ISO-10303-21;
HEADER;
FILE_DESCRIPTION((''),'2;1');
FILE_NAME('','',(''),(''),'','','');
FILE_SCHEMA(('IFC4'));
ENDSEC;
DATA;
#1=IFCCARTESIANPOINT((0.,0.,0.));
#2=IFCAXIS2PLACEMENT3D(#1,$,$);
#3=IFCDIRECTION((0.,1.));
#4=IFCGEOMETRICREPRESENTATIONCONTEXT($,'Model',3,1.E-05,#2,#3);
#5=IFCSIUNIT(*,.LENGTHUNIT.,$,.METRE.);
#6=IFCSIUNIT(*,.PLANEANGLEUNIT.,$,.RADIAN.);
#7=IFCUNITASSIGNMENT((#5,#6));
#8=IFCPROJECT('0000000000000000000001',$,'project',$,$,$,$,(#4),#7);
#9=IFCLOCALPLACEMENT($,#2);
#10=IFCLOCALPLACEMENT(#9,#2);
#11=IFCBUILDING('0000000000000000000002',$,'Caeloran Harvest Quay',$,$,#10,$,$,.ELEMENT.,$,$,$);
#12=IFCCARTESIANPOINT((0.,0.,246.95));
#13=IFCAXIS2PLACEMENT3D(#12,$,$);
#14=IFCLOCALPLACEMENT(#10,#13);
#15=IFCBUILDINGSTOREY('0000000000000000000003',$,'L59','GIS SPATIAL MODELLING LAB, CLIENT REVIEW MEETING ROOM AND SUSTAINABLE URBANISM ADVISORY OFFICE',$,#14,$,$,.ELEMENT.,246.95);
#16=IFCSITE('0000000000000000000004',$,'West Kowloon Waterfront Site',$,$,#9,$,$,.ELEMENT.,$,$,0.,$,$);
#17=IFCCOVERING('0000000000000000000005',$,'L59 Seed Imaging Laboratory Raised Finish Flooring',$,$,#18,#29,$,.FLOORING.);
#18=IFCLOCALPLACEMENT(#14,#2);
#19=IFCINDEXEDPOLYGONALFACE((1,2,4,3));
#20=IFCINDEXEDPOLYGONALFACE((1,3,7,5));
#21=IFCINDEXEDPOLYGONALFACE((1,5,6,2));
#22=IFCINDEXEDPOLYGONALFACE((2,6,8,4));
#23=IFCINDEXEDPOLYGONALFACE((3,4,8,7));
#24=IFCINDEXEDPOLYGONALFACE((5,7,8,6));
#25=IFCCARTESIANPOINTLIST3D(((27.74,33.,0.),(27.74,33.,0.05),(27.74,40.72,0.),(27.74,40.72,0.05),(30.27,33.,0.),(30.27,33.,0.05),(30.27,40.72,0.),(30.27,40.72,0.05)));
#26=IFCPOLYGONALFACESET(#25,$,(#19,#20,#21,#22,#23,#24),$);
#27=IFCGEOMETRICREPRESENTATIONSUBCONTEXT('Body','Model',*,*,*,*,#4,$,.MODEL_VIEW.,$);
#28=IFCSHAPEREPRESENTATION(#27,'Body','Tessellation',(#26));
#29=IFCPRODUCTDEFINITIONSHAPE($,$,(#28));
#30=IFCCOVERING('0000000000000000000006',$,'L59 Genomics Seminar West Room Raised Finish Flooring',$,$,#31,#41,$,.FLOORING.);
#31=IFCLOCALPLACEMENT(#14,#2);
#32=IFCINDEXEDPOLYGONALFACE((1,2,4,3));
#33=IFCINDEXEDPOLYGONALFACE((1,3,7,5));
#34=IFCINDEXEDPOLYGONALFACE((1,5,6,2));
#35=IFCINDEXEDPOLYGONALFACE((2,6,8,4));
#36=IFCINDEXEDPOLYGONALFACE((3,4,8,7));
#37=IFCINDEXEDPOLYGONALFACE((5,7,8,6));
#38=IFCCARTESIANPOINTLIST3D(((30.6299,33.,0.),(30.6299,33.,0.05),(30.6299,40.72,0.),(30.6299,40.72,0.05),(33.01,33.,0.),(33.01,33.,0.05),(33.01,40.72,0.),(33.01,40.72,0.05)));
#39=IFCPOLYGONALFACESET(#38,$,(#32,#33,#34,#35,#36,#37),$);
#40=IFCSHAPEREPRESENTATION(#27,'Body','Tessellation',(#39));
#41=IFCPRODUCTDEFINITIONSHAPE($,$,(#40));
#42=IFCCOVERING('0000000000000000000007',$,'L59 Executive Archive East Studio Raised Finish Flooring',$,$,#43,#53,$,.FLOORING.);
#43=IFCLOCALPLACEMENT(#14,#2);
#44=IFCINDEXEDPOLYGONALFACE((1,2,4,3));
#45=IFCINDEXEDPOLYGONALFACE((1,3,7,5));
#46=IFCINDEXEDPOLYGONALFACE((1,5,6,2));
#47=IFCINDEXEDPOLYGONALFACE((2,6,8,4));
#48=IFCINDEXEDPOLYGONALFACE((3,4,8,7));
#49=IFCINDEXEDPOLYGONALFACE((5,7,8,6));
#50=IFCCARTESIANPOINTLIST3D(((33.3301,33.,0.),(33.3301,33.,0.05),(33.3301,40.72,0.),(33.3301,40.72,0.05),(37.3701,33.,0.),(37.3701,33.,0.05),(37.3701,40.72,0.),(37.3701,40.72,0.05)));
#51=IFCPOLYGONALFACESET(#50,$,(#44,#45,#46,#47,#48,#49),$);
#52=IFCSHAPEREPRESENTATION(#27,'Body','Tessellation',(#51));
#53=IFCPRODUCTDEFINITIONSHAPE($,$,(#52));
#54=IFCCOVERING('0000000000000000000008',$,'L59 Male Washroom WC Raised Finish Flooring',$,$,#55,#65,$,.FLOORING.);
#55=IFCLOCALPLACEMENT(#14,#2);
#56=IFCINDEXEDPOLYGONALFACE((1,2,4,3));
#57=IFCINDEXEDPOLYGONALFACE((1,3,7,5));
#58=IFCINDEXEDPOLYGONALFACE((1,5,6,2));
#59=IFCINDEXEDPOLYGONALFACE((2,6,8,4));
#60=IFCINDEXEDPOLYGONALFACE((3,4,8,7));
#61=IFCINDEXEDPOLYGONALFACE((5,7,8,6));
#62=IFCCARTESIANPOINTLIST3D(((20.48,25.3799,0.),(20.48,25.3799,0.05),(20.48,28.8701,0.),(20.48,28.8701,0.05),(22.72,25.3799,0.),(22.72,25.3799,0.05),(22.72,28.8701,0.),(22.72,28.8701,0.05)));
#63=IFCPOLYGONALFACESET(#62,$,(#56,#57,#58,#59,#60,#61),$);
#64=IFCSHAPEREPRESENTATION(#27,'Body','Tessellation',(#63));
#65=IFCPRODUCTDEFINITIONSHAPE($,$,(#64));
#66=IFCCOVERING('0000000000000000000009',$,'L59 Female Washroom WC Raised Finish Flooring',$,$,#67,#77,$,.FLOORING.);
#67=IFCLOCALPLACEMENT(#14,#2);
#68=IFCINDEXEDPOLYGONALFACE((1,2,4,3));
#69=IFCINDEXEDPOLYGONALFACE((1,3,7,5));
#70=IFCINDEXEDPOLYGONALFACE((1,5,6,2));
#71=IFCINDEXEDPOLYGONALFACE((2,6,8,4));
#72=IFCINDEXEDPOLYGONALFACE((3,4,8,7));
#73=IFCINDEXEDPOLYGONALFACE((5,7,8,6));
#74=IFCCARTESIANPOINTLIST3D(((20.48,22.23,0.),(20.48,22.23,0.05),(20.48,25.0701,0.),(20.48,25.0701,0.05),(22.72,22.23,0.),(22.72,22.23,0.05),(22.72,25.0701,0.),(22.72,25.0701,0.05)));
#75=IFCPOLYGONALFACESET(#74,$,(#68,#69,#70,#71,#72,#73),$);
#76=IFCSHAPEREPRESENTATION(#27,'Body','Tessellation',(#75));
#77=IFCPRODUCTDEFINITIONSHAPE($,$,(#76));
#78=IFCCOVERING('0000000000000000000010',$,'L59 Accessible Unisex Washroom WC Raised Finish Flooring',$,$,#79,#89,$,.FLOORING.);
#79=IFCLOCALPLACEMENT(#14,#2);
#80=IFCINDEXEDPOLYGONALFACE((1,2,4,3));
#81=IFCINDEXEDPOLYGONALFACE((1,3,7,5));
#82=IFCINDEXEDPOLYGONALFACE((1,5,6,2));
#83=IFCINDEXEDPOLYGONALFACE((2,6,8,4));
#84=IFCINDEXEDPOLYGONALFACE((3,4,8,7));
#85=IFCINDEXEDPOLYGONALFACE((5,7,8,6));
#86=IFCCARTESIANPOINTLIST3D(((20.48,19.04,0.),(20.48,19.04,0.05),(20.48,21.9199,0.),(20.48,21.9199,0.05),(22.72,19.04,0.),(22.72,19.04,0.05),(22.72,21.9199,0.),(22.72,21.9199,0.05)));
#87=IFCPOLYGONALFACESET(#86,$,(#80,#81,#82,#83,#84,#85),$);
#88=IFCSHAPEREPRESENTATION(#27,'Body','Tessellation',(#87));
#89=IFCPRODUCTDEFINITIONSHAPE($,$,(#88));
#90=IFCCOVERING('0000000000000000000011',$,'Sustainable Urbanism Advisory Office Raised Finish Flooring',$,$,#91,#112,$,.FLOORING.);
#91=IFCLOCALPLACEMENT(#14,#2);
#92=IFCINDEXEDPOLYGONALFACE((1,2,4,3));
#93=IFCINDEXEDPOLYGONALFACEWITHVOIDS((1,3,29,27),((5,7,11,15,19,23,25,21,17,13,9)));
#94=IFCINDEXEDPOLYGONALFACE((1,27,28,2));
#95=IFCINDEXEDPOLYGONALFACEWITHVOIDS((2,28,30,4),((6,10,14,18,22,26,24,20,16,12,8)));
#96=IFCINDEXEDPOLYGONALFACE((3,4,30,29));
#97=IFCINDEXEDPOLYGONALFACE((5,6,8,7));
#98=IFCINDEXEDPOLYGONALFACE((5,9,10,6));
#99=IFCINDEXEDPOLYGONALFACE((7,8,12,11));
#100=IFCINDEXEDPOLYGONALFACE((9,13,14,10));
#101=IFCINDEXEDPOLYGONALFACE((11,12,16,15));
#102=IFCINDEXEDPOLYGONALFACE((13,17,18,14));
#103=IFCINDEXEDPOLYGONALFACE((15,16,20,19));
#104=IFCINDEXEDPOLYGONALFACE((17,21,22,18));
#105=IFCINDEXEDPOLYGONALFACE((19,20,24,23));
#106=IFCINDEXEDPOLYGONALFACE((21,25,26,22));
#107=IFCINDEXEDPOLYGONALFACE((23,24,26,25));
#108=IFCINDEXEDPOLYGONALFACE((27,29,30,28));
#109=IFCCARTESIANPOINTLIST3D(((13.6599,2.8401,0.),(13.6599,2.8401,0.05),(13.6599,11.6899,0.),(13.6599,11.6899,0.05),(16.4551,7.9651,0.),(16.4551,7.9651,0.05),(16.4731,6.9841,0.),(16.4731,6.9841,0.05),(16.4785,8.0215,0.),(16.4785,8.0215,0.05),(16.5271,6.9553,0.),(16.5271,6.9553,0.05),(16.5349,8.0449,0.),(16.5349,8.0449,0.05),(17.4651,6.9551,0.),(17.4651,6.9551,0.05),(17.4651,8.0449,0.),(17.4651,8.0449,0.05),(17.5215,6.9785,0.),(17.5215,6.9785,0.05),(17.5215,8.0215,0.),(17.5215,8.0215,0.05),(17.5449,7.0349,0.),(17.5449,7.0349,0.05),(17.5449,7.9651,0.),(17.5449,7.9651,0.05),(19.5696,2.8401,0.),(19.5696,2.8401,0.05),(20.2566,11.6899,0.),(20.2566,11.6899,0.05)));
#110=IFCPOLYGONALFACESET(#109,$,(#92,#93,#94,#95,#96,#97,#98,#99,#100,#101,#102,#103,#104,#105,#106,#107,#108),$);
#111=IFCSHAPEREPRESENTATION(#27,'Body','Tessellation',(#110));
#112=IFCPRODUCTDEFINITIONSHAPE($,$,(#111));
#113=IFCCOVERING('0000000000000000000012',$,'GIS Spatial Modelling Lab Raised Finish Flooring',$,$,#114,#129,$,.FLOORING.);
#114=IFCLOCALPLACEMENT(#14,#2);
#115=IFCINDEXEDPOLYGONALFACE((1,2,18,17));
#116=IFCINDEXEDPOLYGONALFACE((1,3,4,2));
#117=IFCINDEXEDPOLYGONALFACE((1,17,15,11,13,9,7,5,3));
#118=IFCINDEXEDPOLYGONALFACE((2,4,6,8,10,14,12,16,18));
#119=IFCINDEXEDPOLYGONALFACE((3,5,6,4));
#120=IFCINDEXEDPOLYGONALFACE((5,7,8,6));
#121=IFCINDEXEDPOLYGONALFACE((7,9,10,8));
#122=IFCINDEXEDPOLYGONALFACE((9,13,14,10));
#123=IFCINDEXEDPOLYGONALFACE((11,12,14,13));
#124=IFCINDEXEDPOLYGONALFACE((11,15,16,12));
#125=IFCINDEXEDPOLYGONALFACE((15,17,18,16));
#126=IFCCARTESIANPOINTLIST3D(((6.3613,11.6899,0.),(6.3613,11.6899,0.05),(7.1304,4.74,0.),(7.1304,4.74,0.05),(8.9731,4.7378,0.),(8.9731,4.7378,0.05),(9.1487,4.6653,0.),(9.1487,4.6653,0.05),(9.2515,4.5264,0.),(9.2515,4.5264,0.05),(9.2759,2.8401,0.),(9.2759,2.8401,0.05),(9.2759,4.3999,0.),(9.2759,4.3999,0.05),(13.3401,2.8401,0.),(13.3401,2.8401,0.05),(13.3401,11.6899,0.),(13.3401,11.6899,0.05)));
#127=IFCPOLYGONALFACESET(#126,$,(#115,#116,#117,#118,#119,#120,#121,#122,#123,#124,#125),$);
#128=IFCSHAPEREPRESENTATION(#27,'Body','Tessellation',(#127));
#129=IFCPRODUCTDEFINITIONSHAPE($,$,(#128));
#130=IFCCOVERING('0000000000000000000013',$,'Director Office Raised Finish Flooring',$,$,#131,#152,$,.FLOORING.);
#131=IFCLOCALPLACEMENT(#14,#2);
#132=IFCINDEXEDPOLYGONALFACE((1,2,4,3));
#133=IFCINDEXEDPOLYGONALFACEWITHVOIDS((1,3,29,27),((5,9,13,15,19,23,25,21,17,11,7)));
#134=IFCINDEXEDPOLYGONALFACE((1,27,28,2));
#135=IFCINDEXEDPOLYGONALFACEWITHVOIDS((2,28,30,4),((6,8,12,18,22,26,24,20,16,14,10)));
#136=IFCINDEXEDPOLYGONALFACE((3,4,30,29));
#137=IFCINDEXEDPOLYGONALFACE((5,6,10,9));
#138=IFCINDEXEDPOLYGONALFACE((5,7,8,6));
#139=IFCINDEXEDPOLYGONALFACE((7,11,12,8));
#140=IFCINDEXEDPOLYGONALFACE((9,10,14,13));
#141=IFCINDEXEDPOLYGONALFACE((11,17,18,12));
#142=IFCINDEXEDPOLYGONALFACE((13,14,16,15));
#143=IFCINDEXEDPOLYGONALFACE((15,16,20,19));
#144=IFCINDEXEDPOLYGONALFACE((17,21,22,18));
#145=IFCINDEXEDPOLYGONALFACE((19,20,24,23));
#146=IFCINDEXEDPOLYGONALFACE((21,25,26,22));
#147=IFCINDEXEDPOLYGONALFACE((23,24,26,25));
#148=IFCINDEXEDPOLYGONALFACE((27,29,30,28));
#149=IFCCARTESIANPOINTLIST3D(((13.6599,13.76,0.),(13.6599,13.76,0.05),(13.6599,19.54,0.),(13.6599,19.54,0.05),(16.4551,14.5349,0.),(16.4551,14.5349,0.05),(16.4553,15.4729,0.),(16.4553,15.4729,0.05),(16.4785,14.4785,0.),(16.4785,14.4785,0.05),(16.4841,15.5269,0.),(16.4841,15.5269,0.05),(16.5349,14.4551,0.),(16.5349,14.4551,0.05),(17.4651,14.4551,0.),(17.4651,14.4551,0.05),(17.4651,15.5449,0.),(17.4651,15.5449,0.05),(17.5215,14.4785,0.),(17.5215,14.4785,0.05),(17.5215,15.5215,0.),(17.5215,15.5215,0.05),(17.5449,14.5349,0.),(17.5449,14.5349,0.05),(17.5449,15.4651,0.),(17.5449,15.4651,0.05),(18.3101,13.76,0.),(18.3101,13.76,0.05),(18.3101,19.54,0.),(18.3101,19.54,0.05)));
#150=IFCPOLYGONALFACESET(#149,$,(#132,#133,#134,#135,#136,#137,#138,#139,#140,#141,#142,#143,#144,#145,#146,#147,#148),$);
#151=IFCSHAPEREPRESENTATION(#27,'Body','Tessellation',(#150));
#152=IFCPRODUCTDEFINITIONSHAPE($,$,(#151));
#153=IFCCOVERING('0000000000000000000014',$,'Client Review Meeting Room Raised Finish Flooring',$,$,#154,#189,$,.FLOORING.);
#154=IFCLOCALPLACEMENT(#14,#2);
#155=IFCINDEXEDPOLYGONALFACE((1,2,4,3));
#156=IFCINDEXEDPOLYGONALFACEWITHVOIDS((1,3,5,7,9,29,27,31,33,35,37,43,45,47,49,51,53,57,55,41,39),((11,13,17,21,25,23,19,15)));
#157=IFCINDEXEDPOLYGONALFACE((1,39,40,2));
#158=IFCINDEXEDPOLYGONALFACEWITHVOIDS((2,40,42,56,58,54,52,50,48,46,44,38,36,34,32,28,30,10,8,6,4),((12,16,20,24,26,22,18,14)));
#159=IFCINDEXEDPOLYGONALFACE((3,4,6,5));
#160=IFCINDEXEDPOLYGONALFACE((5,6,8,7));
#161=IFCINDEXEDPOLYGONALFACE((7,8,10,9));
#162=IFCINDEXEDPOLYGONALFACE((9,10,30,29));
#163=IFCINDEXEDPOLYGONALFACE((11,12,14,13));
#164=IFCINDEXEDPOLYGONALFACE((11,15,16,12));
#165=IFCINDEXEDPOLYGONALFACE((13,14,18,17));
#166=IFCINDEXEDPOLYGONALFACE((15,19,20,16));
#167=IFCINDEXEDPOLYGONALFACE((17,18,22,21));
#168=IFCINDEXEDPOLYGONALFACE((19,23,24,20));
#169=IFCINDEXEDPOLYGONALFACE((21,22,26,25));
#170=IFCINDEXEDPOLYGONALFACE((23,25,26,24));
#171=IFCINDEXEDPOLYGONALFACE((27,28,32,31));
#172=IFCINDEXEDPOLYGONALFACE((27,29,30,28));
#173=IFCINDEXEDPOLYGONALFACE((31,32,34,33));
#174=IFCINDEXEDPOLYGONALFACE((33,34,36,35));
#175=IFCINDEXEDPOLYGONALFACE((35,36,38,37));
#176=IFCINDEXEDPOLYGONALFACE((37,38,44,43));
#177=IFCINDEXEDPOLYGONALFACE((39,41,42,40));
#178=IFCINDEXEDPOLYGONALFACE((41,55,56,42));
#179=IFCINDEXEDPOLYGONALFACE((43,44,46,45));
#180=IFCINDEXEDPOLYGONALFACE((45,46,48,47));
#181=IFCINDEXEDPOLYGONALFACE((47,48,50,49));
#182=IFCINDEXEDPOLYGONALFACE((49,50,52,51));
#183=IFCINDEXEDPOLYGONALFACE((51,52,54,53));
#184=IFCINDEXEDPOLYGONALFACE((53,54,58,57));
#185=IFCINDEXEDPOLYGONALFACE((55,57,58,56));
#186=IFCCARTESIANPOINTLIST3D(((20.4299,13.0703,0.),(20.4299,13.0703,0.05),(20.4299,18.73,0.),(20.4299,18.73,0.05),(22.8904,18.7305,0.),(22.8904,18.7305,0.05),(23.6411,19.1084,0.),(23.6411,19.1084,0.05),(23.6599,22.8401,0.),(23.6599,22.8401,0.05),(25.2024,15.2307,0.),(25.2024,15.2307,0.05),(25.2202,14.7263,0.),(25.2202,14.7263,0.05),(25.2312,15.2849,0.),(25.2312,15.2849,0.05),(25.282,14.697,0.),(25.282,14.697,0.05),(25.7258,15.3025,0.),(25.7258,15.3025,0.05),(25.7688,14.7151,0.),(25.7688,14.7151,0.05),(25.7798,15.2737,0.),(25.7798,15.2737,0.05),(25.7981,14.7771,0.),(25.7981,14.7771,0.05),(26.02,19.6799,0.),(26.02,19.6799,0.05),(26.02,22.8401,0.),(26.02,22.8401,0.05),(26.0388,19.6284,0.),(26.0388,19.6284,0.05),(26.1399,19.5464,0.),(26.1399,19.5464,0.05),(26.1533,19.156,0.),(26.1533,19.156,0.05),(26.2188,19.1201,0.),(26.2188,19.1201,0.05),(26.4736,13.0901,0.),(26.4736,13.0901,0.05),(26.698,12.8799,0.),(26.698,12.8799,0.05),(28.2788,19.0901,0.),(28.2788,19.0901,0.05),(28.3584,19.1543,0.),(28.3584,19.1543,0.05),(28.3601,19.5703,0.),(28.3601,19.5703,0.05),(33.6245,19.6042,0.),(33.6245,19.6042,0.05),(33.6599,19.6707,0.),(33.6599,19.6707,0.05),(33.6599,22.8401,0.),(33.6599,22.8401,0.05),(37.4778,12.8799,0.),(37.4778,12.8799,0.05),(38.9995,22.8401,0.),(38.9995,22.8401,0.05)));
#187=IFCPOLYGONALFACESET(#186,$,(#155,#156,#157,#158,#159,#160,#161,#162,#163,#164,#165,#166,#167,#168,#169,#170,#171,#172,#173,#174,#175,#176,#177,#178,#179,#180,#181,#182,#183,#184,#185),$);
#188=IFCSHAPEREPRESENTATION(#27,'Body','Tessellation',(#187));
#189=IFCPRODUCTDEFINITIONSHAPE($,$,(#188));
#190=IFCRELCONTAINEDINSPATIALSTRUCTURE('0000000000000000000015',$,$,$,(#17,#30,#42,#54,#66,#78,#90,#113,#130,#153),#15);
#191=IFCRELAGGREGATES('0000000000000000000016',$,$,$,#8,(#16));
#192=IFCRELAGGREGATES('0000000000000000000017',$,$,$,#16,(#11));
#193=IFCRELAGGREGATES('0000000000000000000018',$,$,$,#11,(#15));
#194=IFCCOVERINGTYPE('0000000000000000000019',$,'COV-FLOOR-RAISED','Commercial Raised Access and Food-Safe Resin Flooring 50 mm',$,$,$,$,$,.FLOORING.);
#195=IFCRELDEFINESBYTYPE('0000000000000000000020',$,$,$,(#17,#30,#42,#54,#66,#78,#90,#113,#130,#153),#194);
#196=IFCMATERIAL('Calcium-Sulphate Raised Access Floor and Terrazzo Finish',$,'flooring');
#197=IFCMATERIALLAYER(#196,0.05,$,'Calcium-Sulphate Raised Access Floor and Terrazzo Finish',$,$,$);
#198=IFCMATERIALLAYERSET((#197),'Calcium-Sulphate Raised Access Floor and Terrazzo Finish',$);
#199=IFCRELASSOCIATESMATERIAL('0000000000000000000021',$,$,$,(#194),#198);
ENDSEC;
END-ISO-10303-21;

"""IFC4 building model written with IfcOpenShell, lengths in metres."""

from ifc_helpers import new_model, si_unit, direction, frame, origin, place, context, subcontext, project, spatial, polyline, outline, extrude, material, layer, layer_set, type_object, element, save


model = new_model("IFC4")

# Units and contexts
model_context = context("Model", 3, precision=1e-05, world=origin(), true_north=direction((0.0, 1.0)))
body_context = subcontext(model_context, "Body", "Model", "MODEL_VIEW")
ifc_project = project(units=[si_unit("LENGTHUNIT", "METRE"), si_unit("PLANEANGLEUNIT", "RADIAN")], contexts=[model_context])

# Site, building, storey
site_placement = place(None, origin())
site = spatial("IfcSite", under=ifc_project, at=site_placement, Name="West Kowloon Waterfront Site", CompositionType="ELEMENT", RefElevation=0.0)
building_placement = place(site_placement, origin())
building = spatial("IfcBuilding", under=site, at=building_placement, Name="Caeloran Harvest Quay", CompositionType="ELEMENT")
storey_placement = place(building_placement, frame((0.0, 0.0, 246.95)))
storey = spatial("IfcBuildingStorey", under=building, at=storey_placement, Name="L59", Description="GIS SPATIAL MODELLING LAB, CLIENT REVIEW MEETING ROOM AND SUSTAINABLE URBANISM ADVISORY OFFICE", CompositionType="ELEMENT", Elevation=246.95)

# Coverings
ifc_material_1 = material(Name="Calcium-Sulphate Raised Access Floor and Terrazzo Finish", Category="flooring")
ifc_layer_1 = layer(ifc_material_1, 0.05, Name="Calcium-Sulphate Raised Access Floor and Terrazzo Finish")
ifc_layer_set_1 = layer_set([ifc_layer_1], Name="Calcium-Sulphate Raised Access Floor and Terrazzo Finish")
covering_type_1 = type_object("IfcCoveringType", Name="COV-FLOOR-RAISED", Description="Commercial Raised Access and Food-Safe Resin Flooring 50 mm", PredefinedType="FLOORING", material=ifc_layer_set_1)
covering_1_placement = place(storey_placement, origin())
element("IfcCovering", 1, at=covering_1_placement, inside=storey, type_object=covering_type_1, Name="L59 Seed Imaging Laboratory Raised Finish Flooring", PredefinedType="FLOORING", context=body_context, shape_type="SweptSolid", body=[
    extrude(outline(polyline([(30.27, 40.72), (30.27, 33.0), (27.74, 33.0), (27.74, 40.72), (30.27, 40.72)])), origin(), (0.0, 0.0, 1.0), 0.05),
])
covering_2_placement = place(storey_placement, origin())
element("IfcCovering", 2, at=covering_2_placement, inside=storey, type_object=covering_type_1, Name="L59 Genomics Seminar West Room Raised Finish Flooring", PredefinedType="FLOORING", context=body_context, shape_type="SweptSolid", body=[
    extrude(outline(polyline([(33.01, 40.72), (33.01, 33.0), (30.6299, 33.0), (30.6299, 40.72), (33.01, 40.72)])), origin(), (0.0, 0.0, 1.0), 0.05),
])
covering_3_placement = place(storey_placement, origin())
element("IfcCovering", 3, at=covering_3_placement, inside=storey, type_object=covering_type_1, Name="L59 Executive Archive East Studio Raised Finish Flooring", PredefinedType="FLOORING", context=body_context, shape_type="SweptSolid", body=[
    extrude(outline(polyline([(37.3701, 40.72), (37.3701, 33.0), (33.3301, 33.0), (33.3301, 40.72), (37.3701, 40.72)])), origin(), (0.0, 0.0, 1.0), 0.05),
])
covering_4_placement = place(storey_placement, origin())
element("IfcCovering", 4, at=covering_4_placement, inside=storey, type_object=covering_type_1, Name="L59 Male Washroom WC Raised Finish Flooring", PredefinedType="FLOORING", context=body_context, shape_type="SweptSolid", body=[
    extrude(outline(polyline([(22.72, 28.8701), (22.72, 25.3799), (20.48, 25.3799), (20.48, 28.8701), (22.72, 28.8701)])), origin(), (0.0, 0.0, 1.0), 0.05),
])
covering_5_placement = place(storey_placement, origin())
element("IfcCovering", 5, at=covering_5_placement, inside=storey, type_object=covering_type_1, Name="L59 Female Washroom WC Raised Finish Flooring", PredefinedType="FLOORING", context=body_context, shape_type="SweptSolid", body=[
    extrude(outline(polyline([(22.72, 25.0701), (22.72, 22.23), (20.48, 22.23), (20.48, 25.0701), (22.72, 25.0701)])), origin(), (0.0, 0.0, 1.0), 0.05),
])
covering_6_placement = place(storey_placement, origin())
element("IfcCovering", 6, at=covering_6_placement, inside=storey, type_object=covering_type_1, Name="L59 Accessible Unisex Washroom WC Raised Finish Flooring", PredefinedType="FLOORING", context=body_context, shape_type="SweptSolid", body=[
    extrude(outline(polyline([(22.72, 21.9199), (22.72, 19.04), (20.48, 19.04), (20.48, 21.9199), (22.72, 21.9199)])), origin(), (0.0, 0.0, 1.0), 0.05),
])
covering_7_placement = place(storey_placement, origin())
element("IfcCovering", 7, at=covering_7_placement, inside=storey, type_object=covering_type_1, Name="Sustainable Urbanism Advisory Office Raised Finish Flooring", PredefinedType="FLOORING", context=body_context, shape_type="SweptSolid", body=[
    extrude(outline(polyline([(13.6599, 2.8401), (13.6599, 11.6899), (20.2566, 11.6899), (19.5696, 2.8401), (13.6599, 2.8401)]), holes=[polyline([(16.4551, 7.9651), (16.4731, 6.9841), (16.5271, 6.9553), (17.4651, 6.9551), (17.5215, 6.9785), (17.5449, 7.0349), (17.5449, 7.9651), (17.5215, 8.0215), (17.4651, 8.0449), (16.5349, 8.0449), (16.4785, 8.0215), (16.4551, 7.9651)])]), origin(), (0.0, 0.0, 1.0), 0.05),
])
covering_8_placement = place(storey_placement, origin())
element("IfcCovering", 8, at=covering_8_placement, inside=storey, type_object=covering_type_1, Name="GIS Spatial Modelling Lab Raised Finish Flooring", PredefinedType="FLOORING", context=body_context, shape_type="SweptSolid", body=[
    extrude(outline(polyline([(9.2515, 4.5264), (9.1487, 4.6653), (8.9731, 4.7378), (7.1304, 4.74), (6.3613, 11.6899), (13.3401, 11.6899), (13.3401, 2.8401), (9.2759, 2.8401), (9.2759, 4.3999), (9.2515, 4.5264)])), origin(), (0.0, 0.0, 1.0), 0.05),
])
covering_9_placement = place(storey_placement, origin())
element("IfcCovering", 9, at=covering_9_placement, inside=storey, type_object=covering_type_1, Name="Director Office Raised Finish Flooring", PredefinedType="FLOORING", context=body_context, shape_type="SweptSolid", body=[
    extrude(outline(polyline([(18.3101, 19.54), (18.3101, 13.76), (13.6599, 13.76), (13.6599, 19.54), (18.3101, 19.54)]), holes=[polyline([(17.4651, 15.5449), (16.4841, 15.5269), (16.4553, 15.4729), (16.4551, 14.5349), (16.4785, 14.4785), (16.5349, 14.4551), (17.4651, 14.4551), (17.5215, 14.4785), (17.5449, 14.5349), (17.5449, 15.4651), (17.5215, 15.5215), (17.4651, 15.5449)])]), origin(), (0.0, 0.0, 1.0), 0.05),
])
covering_10_placement = place(storey_placement, origin())
element("IfcCovering", 10, at=covering_10_placement, inside=storey, type_object=covering_type_1, Name="Client Review Meeting Room Raised Finish Flooring", PredefinedType="FLOORING", context=body_context, shape_type="SweptSolid", body=[
    extrude(outline(polyline([(26.698, 12.8799), (26.4736, 13.0901), (20.4299, 13.0703), (20.4299, 18.73), (22.8904, 18.7305), (23.6411, 19.1084), (23.6599, 22.8401), (26.02, 22.8401), (26.02, 19.6799), (26.0388, 19.6284), (26.1399, 19.5464), (26.1533, 19.156), (26.2188, 19.1201), (28.2788, 19.0901), (28.3584, 19.1543), (28.3601, 19.5703), (33.6245, 19.6042), (33.6599, 19.6707), (33.6599, 22.8401), (38.9995, 22.8401), (37.4778, 12.8799), (26.698, 12.8799)]), holes=[polyline([(25.7258, 15.3025), (25.2312, 15.2849), (25.2024, 15.2307), (25.2202, 14.7263), (25.282, 14.697), (25.7688, 14.7151), (25.7981, 14.7771), (25.7798, 15.2737), (25.7258, 15.3025)])]), origin(), (0.0, 0.0, 1.0), 0.05),
])

save(model, "model.ifc")
